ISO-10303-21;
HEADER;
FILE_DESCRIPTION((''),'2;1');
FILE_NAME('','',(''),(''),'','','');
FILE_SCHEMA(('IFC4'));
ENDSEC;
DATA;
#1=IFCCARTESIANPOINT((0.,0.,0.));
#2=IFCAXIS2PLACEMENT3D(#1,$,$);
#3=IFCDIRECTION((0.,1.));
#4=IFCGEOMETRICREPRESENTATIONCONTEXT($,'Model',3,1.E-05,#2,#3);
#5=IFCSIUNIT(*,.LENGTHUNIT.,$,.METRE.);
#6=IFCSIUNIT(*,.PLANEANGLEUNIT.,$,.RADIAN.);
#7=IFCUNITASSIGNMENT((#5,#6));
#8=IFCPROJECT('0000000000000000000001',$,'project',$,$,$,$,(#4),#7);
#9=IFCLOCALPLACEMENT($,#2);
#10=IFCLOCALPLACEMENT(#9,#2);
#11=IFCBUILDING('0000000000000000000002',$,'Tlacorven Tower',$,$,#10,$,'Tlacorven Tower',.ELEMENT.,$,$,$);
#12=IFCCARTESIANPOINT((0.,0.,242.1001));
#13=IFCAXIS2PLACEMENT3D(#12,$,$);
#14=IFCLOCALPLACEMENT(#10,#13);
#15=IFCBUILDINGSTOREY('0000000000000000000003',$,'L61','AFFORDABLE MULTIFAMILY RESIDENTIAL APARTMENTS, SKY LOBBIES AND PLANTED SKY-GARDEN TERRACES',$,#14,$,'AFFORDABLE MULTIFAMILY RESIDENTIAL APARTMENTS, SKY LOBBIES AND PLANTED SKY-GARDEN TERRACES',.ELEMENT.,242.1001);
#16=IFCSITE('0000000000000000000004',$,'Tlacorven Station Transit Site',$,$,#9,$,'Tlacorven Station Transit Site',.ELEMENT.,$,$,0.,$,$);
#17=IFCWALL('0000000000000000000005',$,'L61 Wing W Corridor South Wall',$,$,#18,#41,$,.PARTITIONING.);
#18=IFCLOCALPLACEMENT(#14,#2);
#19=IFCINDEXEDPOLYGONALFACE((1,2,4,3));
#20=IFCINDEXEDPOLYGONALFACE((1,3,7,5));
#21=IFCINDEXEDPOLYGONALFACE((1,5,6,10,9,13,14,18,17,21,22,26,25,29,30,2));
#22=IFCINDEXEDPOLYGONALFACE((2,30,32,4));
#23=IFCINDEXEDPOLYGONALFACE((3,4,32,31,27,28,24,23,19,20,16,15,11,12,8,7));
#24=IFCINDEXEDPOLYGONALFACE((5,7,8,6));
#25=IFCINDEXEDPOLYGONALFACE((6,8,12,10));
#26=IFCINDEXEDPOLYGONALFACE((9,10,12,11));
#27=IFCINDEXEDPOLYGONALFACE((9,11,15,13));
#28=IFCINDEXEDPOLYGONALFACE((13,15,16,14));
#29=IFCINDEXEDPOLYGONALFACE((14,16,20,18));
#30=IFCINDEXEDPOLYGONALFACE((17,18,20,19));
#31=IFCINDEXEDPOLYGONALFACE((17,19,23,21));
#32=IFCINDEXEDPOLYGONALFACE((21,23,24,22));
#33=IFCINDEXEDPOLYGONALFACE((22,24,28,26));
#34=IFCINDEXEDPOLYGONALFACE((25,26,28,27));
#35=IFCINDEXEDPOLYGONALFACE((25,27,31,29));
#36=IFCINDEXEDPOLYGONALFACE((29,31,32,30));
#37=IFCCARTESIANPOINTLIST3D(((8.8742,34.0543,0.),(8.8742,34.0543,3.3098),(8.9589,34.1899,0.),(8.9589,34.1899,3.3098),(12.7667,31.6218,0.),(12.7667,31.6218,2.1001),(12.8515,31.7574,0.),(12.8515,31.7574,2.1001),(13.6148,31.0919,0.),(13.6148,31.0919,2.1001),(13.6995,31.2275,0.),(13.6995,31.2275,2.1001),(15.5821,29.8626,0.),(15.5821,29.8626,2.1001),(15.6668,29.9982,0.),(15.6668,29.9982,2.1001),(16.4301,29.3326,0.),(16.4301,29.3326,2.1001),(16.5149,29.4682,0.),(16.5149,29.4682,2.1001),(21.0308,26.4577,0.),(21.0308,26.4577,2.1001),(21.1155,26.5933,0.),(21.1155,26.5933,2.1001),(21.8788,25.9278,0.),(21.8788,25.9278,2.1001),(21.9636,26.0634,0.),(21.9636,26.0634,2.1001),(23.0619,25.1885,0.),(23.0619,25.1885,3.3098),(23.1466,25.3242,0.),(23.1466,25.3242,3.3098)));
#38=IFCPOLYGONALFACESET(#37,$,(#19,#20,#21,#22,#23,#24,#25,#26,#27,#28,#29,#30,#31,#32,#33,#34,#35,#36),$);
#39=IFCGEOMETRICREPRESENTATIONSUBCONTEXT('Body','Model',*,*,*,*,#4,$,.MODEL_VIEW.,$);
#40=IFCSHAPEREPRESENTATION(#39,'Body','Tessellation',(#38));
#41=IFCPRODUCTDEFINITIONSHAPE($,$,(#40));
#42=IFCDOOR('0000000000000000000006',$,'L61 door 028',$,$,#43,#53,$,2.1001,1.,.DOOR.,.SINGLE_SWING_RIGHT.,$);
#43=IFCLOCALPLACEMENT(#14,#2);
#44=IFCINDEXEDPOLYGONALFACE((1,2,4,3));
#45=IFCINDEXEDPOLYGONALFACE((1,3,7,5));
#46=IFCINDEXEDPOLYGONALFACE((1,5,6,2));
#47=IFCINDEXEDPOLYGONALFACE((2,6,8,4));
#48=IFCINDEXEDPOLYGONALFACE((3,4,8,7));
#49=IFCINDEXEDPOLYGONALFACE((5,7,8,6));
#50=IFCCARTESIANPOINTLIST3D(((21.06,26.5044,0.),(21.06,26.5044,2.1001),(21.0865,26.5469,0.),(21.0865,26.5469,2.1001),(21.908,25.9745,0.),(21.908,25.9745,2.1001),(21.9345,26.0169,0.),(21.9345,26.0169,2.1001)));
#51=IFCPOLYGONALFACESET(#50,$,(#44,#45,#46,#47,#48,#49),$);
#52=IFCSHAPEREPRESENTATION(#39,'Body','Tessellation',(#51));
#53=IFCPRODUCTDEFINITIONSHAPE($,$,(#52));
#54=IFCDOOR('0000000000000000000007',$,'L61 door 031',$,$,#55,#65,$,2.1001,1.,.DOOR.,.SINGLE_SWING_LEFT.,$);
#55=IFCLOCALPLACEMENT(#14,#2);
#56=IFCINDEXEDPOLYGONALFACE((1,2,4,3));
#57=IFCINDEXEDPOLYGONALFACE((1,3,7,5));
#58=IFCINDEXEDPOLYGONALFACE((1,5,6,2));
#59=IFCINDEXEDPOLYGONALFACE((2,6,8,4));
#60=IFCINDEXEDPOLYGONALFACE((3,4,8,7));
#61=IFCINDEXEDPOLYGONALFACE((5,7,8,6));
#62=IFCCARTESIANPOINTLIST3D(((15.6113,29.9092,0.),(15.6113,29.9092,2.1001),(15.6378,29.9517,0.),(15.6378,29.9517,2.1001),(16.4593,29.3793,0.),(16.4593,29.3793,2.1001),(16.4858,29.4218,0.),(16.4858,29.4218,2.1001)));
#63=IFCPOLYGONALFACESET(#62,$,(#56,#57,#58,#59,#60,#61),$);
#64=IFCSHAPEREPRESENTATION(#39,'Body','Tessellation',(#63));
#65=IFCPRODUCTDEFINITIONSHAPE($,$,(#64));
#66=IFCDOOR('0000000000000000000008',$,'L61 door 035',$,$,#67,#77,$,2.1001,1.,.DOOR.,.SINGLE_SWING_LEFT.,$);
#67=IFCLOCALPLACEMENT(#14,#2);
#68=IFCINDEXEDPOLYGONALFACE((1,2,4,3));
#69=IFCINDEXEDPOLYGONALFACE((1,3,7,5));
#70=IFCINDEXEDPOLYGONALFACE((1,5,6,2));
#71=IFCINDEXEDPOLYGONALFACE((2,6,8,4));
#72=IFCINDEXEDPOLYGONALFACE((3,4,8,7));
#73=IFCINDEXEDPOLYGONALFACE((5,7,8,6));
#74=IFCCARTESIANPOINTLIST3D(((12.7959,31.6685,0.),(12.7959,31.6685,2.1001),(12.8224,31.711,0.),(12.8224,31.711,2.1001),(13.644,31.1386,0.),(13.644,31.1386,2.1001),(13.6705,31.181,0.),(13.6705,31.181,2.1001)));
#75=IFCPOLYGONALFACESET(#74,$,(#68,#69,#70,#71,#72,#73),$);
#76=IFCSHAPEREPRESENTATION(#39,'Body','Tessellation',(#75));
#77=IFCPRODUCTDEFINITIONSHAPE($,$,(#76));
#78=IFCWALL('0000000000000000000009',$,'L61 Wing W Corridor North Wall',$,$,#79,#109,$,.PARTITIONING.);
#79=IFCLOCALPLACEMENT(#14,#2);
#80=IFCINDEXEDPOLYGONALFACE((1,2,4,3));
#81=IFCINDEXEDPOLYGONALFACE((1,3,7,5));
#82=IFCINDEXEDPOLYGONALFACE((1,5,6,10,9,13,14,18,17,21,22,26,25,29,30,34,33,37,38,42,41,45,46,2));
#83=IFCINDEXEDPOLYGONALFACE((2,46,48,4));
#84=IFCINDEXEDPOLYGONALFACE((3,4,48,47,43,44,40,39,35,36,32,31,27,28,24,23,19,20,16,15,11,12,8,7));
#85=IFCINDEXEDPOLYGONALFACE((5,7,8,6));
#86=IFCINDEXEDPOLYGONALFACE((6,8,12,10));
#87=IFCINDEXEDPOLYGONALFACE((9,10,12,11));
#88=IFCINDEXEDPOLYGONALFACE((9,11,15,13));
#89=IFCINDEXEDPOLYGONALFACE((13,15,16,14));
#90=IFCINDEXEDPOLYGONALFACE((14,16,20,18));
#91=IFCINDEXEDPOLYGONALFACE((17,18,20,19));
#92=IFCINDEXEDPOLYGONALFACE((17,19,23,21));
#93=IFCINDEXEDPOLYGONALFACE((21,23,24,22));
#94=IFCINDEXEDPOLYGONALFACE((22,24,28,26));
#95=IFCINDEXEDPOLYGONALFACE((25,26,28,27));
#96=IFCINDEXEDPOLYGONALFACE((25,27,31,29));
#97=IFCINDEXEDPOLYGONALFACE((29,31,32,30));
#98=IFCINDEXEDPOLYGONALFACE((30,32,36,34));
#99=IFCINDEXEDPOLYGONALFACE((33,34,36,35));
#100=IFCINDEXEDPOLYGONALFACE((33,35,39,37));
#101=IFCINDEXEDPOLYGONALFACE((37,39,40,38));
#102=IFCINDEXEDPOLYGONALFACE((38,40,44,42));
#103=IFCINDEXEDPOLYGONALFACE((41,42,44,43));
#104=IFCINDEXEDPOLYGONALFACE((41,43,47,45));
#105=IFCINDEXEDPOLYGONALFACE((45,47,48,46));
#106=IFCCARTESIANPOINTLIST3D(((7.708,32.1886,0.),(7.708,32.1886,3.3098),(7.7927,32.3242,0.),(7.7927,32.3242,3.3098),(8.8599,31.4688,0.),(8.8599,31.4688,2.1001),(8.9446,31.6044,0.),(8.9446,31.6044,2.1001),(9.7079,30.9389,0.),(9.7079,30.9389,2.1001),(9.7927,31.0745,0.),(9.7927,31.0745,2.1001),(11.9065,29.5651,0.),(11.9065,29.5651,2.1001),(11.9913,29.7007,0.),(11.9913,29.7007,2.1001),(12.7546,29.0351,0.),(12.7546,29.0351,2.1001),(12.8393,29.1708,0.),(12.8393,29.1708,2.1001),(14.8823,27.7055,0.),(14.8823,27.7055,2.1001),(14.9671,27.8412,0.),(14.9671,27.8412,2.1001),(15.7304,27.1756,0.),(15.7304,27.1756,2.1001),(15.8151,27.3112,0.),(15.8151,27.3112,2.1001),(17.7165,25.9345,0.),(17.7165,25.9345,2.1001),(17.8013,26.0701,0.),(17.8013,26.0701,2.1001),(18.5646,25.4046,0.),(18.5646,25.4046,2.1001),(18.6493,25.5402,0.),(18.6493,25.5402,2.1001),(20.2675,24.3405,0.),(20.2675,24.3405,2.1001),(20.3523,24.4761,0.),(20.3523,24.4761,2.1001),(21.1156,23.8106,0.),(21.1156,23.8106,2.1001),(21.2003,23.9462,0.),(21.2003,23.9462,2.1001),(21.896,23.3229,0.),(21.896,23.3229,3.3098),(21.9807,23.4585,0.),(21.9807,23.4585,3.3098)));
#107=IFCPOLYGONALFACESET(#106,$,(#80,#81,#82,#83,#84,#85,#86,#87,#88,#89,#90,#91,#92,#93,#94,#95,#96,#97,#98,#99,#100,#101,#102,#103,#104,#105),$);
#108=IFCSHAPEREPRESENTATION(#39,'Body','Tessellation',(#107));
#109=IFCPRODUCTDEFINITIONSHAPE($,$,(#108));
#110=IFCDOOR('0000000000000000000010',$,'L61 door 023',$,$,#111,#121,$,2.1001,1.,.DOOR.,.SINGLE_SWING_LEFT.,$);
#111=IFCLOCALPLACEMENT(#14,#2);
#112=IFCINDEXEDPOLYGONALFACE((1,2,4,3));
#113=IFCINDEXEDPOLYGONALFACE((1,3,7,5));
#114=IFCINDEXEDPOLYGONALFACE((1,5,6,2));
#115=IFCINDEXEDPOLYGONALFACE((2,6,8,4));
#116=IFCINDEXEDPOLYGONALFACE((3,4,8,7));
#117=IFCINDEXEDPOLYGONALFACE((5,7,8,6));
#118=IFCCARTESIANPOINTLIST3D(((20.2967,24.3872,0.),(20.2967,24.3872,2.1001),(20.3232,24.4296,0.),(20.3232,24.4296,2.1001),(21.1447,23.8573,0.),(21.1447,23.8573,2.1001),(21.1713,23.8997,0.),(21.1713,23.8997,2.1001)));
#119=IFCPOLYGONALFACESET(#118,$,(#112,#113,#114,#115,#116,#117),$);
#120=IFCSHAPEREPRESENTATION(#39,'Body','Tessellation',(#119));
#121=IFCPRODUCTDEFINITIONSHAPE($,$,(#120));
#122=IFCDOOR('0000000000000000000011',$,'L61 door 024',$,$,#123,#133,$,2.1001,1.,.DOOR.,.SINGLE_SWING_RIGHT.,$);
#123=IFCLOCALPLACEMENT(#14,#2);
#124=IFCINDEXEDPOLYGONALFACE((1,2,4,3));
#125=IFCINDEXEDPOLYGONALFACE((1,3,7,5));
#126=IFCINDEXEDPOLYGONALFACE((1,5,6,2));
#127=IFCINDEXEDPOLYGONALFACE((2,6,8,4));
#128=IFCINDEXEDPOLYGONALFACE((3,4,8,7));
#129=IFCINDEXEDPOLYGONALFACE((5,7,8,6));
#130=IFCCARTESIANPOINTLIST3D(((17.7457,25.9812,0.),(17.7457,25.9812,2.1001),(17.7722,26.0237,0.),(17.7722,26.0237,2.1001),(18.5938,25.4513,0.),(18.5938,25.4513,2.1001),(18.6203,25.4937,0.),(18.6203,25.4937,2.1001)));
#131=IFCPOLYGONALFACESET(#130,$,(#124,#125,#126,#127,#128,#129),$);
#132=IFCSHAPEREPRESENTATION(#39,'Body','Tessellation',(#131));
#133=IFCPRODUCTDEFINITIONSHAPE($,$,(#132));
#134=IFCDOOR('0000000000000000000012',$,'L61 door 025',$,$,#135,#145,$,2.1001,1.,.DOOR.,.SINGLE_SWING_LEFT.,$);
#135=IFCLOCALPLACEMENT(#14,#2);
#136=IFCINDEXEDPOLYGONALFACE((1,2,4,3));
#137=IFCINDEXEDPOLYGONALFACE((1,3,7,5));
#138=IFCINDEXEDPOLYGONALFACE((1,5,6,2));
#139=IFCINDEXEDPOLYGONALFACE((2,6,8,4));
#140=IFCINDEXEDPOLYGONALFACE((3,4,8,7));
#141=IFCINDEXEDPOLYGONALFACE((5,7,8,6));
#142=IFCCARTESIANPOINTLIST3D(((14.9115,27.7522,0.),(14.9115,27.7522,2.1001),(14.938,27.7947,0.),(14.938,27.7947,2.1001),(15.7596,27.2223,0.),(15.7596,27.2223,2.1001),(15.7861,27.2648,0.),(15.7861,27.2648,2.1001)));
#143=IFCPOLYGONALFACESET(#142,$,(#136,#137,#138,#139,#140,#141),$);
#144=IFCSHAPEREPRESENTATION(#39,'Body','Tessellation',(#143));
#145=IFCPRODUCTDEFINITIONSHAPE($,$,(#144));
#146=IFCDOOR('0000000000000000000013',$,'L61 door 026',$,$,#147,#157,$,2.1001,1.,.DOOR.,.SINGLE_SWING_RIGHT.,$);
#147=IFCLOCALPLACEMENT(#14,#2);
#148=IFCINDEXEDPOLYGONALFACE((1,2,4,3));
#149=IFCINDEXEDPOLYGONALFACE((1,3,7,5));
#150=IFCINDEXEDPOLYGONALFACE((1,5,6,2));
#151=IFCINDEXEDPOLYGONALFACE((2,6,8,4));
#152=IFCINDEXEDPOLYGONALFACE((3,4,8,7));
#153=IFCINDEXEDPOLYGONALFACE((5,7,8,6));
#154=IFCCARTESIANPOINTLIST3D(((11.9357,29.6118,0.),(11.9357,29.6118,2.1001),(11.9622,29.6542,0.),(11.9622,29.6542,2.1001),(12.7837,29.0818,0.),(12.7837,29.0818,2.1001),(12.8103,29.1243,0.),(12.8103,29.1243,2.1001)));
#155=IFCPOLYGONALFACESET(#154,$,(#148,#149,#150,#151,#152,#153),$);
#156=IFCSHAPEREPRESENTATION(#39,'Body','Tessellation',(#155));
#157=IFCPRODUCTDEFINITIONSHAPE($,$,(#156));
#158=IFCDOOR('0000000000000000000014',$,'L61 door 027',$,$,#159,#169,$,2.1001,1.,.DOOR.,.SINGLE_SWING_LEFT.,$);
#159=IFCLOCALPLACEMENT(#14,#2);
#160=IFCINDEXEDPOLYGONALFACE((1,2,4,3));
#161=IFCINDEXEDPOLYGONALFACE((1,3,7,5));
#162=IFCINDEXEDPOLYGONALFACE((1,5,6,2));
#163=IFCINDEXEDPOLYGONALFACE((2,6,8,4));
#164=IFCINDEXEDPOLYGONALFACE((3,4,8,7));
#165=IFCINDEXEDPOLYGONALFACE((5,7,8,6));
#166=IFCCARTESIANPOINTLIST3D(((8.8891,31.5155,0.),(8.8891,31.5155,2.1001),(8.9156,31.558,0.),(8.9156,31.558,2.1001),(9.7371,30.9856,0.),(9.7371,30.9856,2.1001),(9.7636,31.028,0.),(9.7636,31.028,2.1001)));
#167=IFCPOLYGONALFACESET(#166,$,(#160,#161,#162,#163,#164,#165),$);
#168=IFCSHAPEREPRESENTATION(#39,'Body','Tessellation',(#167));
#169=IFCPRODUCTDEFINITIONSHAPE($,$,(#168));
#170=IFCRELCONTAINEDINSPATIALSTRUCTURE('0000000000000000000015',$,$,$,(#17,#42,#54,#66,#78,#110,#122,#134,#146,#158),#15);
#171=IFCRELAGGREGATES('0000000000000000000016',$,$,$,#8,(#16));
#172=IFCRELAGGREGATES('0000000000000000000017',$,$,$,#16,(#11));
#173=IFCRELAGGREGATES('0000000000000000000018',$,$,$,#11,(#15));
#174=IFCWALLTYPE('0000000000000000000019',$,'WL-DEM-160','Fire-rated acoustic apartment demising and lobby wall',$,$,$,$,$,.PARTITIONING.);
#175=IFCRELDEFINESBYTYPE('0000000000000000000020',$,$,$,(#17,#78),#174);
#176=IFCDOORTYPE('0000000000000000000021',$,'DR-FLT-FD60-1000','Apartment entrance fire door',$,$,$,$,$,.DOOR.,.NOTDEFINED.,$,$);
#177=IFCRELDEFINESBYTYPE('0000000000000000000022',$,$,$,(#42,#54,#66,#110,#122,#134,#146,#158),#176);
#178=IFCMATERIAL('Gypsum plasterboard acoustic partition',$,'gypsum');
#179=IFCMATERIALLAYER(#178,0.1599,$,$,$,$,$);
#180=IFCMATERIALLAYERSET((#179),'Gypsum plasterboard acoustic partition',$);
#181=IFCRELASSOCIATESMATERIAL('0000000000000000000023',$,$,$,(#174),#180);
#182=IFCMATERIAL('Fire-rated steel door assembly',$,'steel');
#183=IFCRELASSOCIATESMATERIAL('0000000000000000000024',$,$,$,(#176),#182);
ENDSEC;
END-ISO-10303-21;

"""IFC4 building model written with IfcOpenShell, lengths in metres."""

from ifc_helpers import new_model, si_unit, direction, frame, frame_2d, origin, place, context, subcontext, project, spatial, rectangle, extrude, source, transform, mapped, material, layer, layer_set, type_object, element, fill, save


model = new_model("IFC4")

# Units and contexts
model_context = context("Model", 3, precision=1e-05, world=origin(), true_north=direction((0.0, 1.0)))
body_context = subcontext(model_context, "Body", "Model", "MODEL_VIEW")
ifc_project = project(units=[si_unit("LENGTHUNIT", "METRE"), si_unit("PLANEANGLEUNIT", "RADIAN")], contexts=[model_context])

# Site, building, storey
site_placement = place(None, origin())
site = spatial("IfcSite", under=ifc_project, at=site_placement, Name="Tlacorven Station Transit Site", LongName="Tlacorven Station Transit Site", CompositionType="ELEMENT", RefElevation=0.0)
building_placement = place(site_placement, origin())
building = spatial("IfcBuilding", under=site, at=building_placement, Name="Tlacorven Tower", LongName="Tlacorven Tower", CompositionType="ELEMENT")
storey_placement = place(building_placement, frame((0.0, 0.0, 242.1001)))
storey = spatial("IfcBuildingStorey", under=building, at=storey_placement, Name="L61", Description="AFFORDABLE MULTIFAMILY RESIDENTIAL APARTMENTS, SKY LOBBIES AND PLANTED SKY-GARDEN TERRACES", LongName="AFFORDABLE MULTIFAMILY RESIDENTIAL APARTMENTS, SKY LOBBIES AND PLANTED SKY-GARDEN TERRACES", CompositionType="ELEMENT", Elevation=242.1001)

# Shared definitions
ifc_material_1 = material(Name="Gypsum plasterboard acoustic partition", Category="gypsum")
ifc_layer_1 = layer(ifc_material_1, 0.1599)
ifc_layer_set_1 = layer_set([ifc_layer_1], Name="Gypsum plasterboard acoustic partition")
wall_type_1 = type_object("IfcWallType", Name="WL-DEM-160", Description="Fire-rated acoustic apartment demising and lobby wall", PredefinedType="PARTITIONING", material=ifc_layer_set_1)

# Walls, openings, doors
wall_1_placement = place(storey_placement, frame((23.1042, 25.2563, 0.0), z_axis=(0.0, 0.0, 1.0), x_axis=(-0.848042, 0.529929, 0.0)))
wall_1 = element("IfcWall", 1, at=wall_1_placement, inside=storey, type_object=wall_type_1, Name="L61 Wing W Corridor South Wall", PredefinedType="PARTITIONING", context=body_context, shape_type="SweptSolid", body=[
    extrude(rectangle(XDim=16.73, YDim=0.1599, at=frame_2d((8.365, 0.0))), origin(), (0.0, 0.0, 1.0), 3.3098),
])
opening_1_placement = place(wall_1_placement, frame((1.395, 0.0, 0.0)))
opening_1 = element("IfcOpeningElement", 2, at=opening_1_placement, cuts=wall_1, PredefinedType="OPENING", context=body_context, shape_type="SweptSolid", body=[
    extrude(rectangle(XDim=1.0, YDim=2.1001, at=frame_2d((0.5, 1.05))), frame((0.0, 0.0898, 0.0), z_axis=(0.0, -1.0, 0.0), x_axis=(1.0, 0.0, 0.0)), (0.0, 0.0, 1.0), 0.1799),
])
opening_2_placement = place(wall_1_placement, frame((7.8201, 0.0, 0.0)))
opening_2 = element("IfcOpeningElement", 3, at=opening_2_placement, cuts=wall_1, PredefinedType="OPENING", context=body_context, shape_type="SweptSolid", body=[
    extrude(rectangle(XDim=1.0, YDim=2.1001, at=frame_2d((0.5, 1.05))), frame((0.0, 0.0898, 0.0), z_axis=(0.0, -1.0, 0.0), x_axis=(1.0, 0.0, 0.0)), (0.0, 0.0, 1.0), 0.1799),
])
opening_3_placement = place(wall_1_placement, frame((11.1399, 0.0, 0.0)))
opening_3 = element("IfcOpeningElement", 4, at=opening_3_placement, cuts=wall_1, PredefinedType="OPENING", context=body_context, shape_type="SweptSolid", body=[
    extrude(rectangle(XDim=1.0, YDim=2.1001, at=frame_2d((0.5, 1.05))), frame((0.0, 0.0898, 0.0), z_axis=(0.0, -1.0, 0.0), x_axis=(1.0, 0.0, 0.0)), (0.0, 0.0, 1.0), 0.1799),
])
ifc_material_2 = material(Name="Fire-rated steel door assembly", Category="steel")
door_type = type_object("IfcDoorType", Name="DR-FLT-FD60-1000", Description="Apartment entrance fire door", OperationType="NOTDEFINED", PredefinedType="DOOR", material=ifc_material_2)
shared_shape_1 = source(origin(), body_context, "Body", "SweptSolid", [
    extrude(rectangle(XDim=1.0, YDim=2.1001, at=frame_2d((0.5, 1.05))), frame((0.0, 0.0249, 0.0), z_axis=(0.0, -1.0, 0.0), x_axis=(1.0, 0.0, 0.0)), (0.0, 0.0, 1.0), 0.05),
])
door_1_placement = place(opening_1_placement, origin())
door_1 = element("IfcDoor", 5, at=door_1_placement, inside=storey, type_object=door_type, Name="L61 door 028", OperationType="SINGLE_SWING_RIGHT", OverallHeight=2.1001, OverallWidth=1.0, PredefinedType="DOOR", context=body_context, shape_type="MappedRepresentation", body=[
    mapped(shared_shape_1, transform((0.0, 0.0, 0.0), scale=1.0)),
])
fill(opening_1, door_1)
door_2_placement = place(opening_2_placement, origin())
door_2 = element("IfcDoor", 6, at=door_2_placement, inside=storey, type_object=door_type, Name="L61 door 031", OperationType="SINGLE_SWING_LEFT", OverallHeight=2.1001, OverallWidth=1.0, PredefinedType="DOOR", context=body_context, shape_type="MappedRepresentation", body=[
    mapped(shared_shape_1, transform((0.0, 0.0, 0.0), scale=1.0)),
])
fill(opening_2, door_2)
door_3_placement = place(opening_3_placement, origin())
door_3 = element("IfcDoor", 7, at=door_3_placement, inside=storey, type_object=door_type, Name="L61 door 035", OperationType="SINGLE_SWING_LEFT", OverallHeight=2.1001, OverallWidth=1.0, PredefinedType="DOOR", context=body_context, shape_type="MappedRepresentation", body=[
    mapped(shared_shape_1, transform((0.0, 0.0, 0.0), scale=1.0)),
])
fill(opening_3, door_3)
wall_2_placement = place(storey_placement, frame((21.9385, 23.3906, 0.0), z_axis=(0.0, 0.0, 1.0), x_axis=(-0.848046, 0.529923, 0.0)))
wall_2 = element("IfcWall", 8, at=wall_2_placement, inside=storey, type_object=wall_type_1, Name="L61 Wing W Corridor North Wall", PredefinedType="PARTITIONING", context=body_context, shape_type="SweptSolid", body=[
    extrude(rectangle(XDim=16.7302, YDim=0.1599, at=frame_2d((8.3652, 0.0))), origin(), (0.0, 0.0, 1.0), 3.3098),
])
opening_4_placement = place(wall_2_placement, frame((0.9204, 0.0, 0.0)))
opening_4 = element("IfcOpeningElement", 9, at=opening_4_placement, cuts=wall_2, PredefinedType="OPENING", context=body_context, shape_type="SweptSolid", body=[
    extrude(rectangle(XDim=1.0, YDim=2.1001, at=frame_2d((0.5, 1.05))), frame((0.0, 0.0898, 0.0), z_axis=(0.0, -1.0, 0.0), x_axis=(1.0, 0.0, 0.0)), (0.0, 0.0, 1.0), 0.1799),
])
opening_5_placement = place(wall_2_placement, frame((3.9285, 0.0, 0.0)))
opening_5 = element("IfcOpeningElement", 10, at=opening_5_placement, cuts=wall_2, PredefinedType="OPENING", context=body_context, shape_type="SweptSolid", body=[
    extrude(rectangle(XDim=1.0, YDim=2.1001, at=frame_2d((0.5, 1.05))), frame((0.0, 0.0898, 0.0), z_axis=(0.0, -1.0, 0.0), x_axis=(1.0, 0.0, 0.0)), (0.0, 0.0, 1.0), 0.1799),
])
opening_6_placement = place(wall_2_placement, frame((7.2705, 0.0, 0.0)))
opening_6 = element("IfcOpeningElement", 11, at=opening_6_placement, cuts=wall_2, PredefinedType="OPENING", context=body_context, shape_type="SweptSolid", body=[
    extrude(rectangle(XDim=1.0, YDim=2.1001, at=frame_2d((0.5, 1.05))), frame((0.0, 0.0898, 0.0), z_axis=(0.0, -1.0, 0.0), x_axis=(1.0, 0.0, 0.0)), (0.0, 0.0, 1.0), 0.1799),
])
opening_7_placement = place(wall_2_placement, frame((10.7795, 0.0, 0.0)))
opening_7 = element("IfcOpeningElement", 12, at=opening_7_placement, cuts=wall_2, PredefinedType="OPENING", context=body_context, shape_type="SweptSolid", body=[
    extrude(rectangle(XDim=1.0, YDim=2.1001, at=frame_2d((0.5, 1.05))), frame((0.0, 0.0898, 0.0), z_axis=(0.0, -1.0, 0.0), x_axis=(1.0, 0.0, 0.0)), (0.0, 0.0, 1.0), 0.1799),
])
opening_8_placement = place(wall_2_placement, frame((14.3721, 0.0, 0.0)))
opening_8 = element("IfcOpeningElement", 13, at=opening_8_placement, cuts=wall_2, PredefinedType="OPENING", context=body_context, shape_type="SweptSolid", body=[
    extrude(rectangle(XDim=1.0, YDim=2.1001, at=frame_2d((0.5, 1.05))), frame((0.0, 0.0898, 0.0), z_axis=(0.0, -1.0, 0.0), x_axis=(1.0, 0.0, 0.0)), (0.0, 0.0, 1.0), 0.1799),
])
door_4_placement = place(opening_4_placement, origin())
door_4 = element("IfcDoor", 14, at=door_4_placement, inside=storey, type_object=door_type, Name="L61 door 023", OperationType="SINGLE_SWING_LEFT", OverallHeight=2.1001, OverallWidth=1.0, PredefinedType="DOOR", context=body_context, shape_type="MappedRepresentation", body=[
    mapped(shared_shape_1, transform((0.0, 0.0, 0.0), scale=1.0)),
])
fill(opening_4, door_4)
door_5_placement = place(opening_5_placement, origin())
door_5 = element("IfcDoor", 15, at=door_5_placement, inside=storey, type_object=door_type, Name="L61 door 024", OperationType="SINGLE_SWING_RIGHT", OverallHeight=2.1001, OverallWidth=1.0, PredefinedType="DOOR", context=body_context, shape_type="MappedRepresentation", body=[
    mapped(shared_shape_1, transform((0.0, 0.0, 0.0), scale=1.0)),
])
fill(opening_5, door_5)
door_6_placement = place(opening_6_placement, origin())
door_6 = element("IfcDoor", 16, at=door_6_placement, inside=storey, type_object=door_type, Name="L61 door 025", OperationType="SINGLE_SWING_LEFT", OverallHeight=2.1001, OverallWidth=1.0, PredefinedType="DOOR", context=body_context, shape_type="MappedRepresentation", body=[
    mapped(shared_shape_1, transform((0.0, 0.0, 0.0), scale=1.0)),
])
fill(opening_6, door_6)
door_7_placement = place(opening_7_placement, origin())
door_7 = element("IfcDoor", 17, at=door_7_placement, inside=storey, type_object=door_type, Name="L61 door 026", OperationType="SINGLE_SWING_RIGHT", OverallHeight=2.1001, OverallWidth=1.0, PredefinedType="DOOR", context=body_context, shape_type="MappedRepresentation", body=[
    mapped(shared_shape_1, transform((0.0, 0.0, 0.0), scale=1.0)),
])
fill(opening_7, door_7)
door_8_placement = place(opening_8_placement, origin())
door_8 = element("IfcDoor", 18, at=door_8_placement, inside=storey, type_object=door_type, Name="L61 door 027", OperationType="SINGLE_SWING_LEFT", OverallHeight=2.1001, OverallWidth=1.0, PredefinedType="DOOR", context=body_context, shape_type="MappedRepresentation", body=[
    mapped(shared_shape_1, transform((0.0, 0.0, 0.0), scale=1.0)),
])
fill(opening_8, door_8)

save(model, "model.ifc")
